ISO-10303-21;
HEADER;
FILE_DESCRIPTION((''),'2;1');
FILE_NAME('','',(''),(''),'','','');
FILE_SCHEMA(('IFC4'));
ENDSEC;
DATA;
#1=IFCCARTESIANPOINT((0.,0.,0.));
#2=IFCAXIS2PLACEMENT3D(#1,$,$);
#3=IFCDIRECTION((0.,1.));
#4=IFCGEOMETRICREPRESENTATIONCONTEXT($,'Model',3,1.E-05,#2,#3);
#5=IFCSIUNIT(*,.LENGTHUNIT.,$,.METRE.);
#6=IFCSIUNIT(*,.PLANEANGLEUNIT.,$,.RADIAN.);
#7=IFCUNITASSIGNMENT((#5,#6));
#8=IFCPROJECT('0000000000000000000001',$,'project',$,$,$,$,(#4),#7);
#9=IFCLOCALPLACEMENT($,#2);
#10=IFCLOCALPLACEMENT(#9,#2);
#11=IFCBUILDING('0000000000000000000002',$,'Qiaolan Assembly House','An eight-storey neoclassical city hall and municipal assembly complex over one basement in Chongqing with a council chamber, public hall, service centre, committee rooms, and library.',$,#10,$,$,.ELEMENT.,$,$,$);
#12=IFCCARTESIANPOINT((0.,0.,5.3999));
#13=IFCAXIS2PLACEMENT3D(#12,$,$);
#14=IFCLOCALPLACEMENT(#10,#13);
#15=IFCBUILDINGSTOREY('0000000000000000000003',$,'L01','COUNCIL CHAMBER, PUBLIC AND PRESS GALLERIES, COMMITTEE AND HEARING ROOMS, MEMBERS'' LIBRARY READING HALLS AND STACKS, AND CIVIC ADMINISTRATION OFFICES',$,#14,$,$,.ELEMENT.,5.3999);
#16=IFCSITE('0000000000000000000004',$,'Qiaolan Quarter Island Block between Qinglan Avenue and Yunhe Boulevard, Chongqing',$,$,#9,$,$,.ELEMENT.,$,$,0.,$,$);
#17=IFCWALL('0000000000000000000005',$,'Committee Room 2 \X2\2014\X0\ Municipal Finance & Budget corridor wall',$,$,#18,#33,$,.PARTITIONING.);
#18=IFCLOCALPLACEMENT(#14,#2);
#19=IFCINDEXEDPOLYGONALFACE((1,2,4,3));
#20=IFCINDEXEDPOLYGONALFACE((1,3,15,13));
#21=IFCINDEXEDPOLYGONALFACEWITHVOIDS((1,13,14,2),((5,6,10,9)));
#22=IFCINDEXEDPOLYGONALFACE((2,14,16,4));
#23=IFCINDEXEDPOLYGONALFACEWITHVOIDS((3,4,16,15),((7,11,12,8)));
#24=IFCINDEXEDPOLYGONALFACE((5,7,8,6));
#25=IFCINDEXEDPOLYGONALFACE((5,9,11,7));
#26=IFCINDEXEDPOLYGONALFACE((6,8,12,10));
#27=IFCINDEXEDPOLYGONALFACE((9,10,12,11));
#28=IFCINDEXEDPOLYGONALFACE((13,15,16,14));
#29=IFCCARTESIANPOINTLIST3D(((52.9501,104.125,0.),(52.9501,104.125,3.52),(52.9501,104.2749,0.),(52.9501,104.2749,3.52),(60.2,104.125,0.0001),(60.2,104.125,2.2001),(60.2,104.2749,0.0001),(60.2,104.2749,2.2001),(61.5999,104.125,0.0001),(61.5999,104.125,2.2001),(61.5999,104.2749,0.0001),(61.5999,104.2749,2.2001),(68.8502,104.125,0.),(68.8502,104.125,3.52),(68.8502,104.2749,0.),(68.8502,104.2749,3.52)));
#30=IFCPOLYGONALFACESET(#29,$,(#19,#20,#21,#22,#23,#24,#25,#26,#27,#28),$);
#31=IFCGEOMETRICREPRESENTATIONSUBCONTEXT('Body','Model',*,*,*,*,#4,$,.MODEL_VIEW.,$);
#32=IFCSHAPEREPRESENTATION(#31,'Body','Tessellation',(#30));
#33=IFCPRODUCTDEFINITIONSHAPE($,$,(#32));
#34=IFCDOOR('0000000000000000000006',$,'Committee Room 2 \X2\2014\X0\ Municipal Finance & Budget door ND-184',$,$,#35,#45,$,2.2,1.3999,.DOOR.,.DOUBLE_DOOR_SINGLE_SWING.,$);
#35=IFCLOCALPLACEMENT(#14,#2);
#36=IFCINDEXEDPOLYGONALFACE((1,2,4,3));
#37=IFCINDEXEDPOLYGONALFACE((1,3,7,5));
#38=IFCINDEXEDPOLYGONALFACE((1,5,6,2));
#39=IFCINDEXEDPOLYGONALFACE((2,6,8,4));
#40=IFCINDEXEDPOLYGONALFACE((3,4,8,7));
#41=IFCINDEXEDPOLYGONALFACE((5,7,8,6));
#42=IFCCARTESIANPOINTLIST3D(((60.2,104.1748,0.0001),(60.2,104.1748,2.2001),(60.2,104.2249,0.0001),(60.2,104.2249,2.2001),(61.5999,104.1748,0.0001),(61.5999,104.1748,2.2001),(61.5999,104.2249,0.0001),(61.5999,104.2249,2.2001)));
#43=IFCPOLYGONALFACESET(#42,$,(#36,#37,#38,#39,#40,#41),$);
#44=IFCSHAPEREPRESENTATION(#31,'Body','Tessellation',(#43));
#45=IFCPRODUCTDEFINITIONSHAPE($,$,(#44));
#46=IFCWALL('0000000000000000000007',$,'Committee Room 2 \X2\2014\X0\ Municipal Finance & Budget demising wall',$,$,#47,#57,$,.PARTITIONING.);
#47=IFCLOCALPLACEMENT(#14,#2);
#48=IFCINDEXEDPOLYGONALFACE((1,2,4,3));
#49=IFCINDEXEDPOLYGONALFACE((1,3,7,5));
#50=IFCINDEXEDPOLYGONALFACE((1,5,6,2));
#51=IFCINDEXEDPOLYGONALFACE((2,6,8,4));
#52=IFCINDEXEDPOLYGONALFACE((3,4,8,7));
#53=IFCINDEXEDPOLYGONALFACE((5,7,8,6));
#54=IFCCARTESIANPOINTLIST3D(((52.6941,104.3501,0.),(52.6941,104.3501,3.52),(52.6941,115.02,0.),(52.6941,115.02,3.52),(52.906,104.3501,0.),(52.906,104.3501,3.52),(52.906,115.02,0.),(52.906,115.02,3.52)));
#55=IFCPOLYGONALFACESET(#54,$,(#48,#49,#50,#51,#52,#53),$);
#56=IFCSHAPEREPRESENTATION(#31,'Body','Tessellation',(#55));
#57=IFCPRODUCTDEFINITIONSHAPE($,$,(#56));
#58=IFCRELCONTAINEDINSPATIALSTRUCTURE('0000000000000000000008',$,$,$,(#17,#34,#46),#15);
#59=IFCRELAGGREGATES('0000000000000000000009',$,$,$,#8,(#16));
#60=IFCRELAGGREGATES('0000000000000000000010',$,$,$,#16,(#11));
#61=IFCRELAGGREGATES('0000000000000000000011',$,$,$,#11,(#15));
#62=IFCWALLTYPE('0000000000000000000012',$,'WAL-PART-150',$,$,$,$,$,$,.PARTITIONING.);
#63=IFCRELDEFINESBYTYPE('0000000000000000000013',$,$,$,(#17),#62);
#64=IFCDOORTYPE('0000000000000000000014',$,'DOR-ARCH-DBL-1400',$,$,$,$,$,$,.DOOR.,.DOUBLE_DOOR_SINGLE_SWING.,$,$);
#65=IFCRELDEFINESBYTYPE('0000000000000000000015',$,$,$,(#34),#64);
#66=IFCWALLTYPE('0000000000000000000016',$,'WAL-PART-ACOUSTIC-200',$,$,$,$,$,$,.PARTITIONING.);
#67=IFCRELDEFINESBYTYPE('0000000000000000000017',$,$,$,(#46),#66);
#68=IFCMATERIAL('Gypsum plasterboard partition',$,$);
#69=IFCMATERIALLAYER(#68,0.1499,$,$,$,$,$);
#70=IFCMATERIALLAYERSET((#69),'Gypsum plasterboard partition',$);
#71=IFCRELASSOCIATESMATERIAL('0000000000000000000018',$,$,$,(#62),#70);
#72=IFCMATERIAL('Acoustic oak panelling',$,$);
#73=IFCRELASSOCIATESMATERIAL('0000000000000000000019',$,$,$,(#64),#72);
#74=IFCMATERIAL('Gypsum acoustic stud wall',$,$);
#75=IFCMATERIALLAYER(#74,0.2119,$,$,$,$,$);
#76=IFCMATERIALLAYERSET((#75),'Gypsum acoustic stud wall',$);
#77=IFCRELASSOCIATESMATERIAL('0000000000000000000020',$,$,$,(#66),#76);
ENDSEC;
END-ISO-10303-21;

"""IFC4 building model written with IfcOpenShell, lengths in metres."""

from ifc_helpers import new_model, si_unit, direction, frame, frame_2d, origin, place, context, subcontext, project, spatial, rectangle, extrude, material, layer, layer_set, type_object, element, fill, save


model = new_model("IFC4")

# Units and contexts
model_context = context("Model", 3, precision=1e-05, world=origin(), true_north=direction((0.0, 1.0)))
body_context = subcontext(model_context, "Body", "Model", "MODEL_VIEW")
ifc_project = project(units=[si_unit("LENGTHUNIT", "METRE"), si_unit("PLANEANGLEUNIT", "RADIAN")], contexts=[model_context])

# Site, building, storey
site_placement = place(None, origin())
site = spatial("IfcSite", under=ifc_project, at=site_placement, Name="Qiaolan Quarter Island Block between Qinglan Avenue and Yunhe Boulevard, Chongqing", CompositionType="ELEMENT", RefElevation=0.0)
building_placement = place(site_placement, origin())
building = spatial("IfcBuilding", under=site, at=building_placement, Name="Qiaolan Assembly House", Description="An eight-storey neoclassical city hall and municipal assembly complex over one basement in Chongqing with a council chamber, public hall, service centre, committee rooms, and library.", CompositionType="ELEMENT")
storey_placement = place(building_placement, frame((0.0, 0.0, 5.3999)))
storey = spatial("IfcBuildingStorey", under=building, at=storey_placement, Name="L01", Description="COUNCIL CHAMBER, PUBLIC AND PRESS GALLERIES, COMMITTEE AND HEARING ROOMS, MEMBERS' LIBRARY READING HALLS AND STACKS, AND CIVIC ADMINISTRATION OFFICES", CompositionType="ELEMENT", Elevation=5.3999)

# Wall, opening, door
ifc_material_1 = material(Name="Gypsum plasterboard partition")
ifc_layer_1 = layer(ifc_material_1, 0.1499)
ifc_layer_set_1 = layer_set([ifc_layer_1], Name="Gypsum plasterboard partition")
wall_type_1 = type_object("IfcWallType", Name="WAL-PART-150", PredefinedType="PARTITIONING", material=ifc_layer_set_1)
wall_1_placement = place(storey_placement, frame((52.95, 104.2, 0.0), z_axis=(0.0, 0.0, 1.0), x_axis=(1.0, 0.0, 0.0)))
wall_1 = element("IfcWall", 1, at=wall_1_placement, inside=storey, type_object=wall_type_1, Name="Committee Room 2 — Municipal Finance & Budget corridor wall", PredefinedType="PARTITIONING", context=body_context, shape_type="SweptSolid", body=[
    extrude(rectangle(XDim=15.9001, YDim=0.1499, at=frame_2d((7.9502, 0.0))), origin(), (0.0, 0.0, 1.0), 3.52),
])
opening_1_placement = place(wall_1_placement, frame((7.25, 0.0, 0.0)))
opening_1 = element("IfcOpeningElement", 2, at=opening_1_placement, cuts=wall_1, PredefinedType="OPENING", context=body_context, shape_type="SweptSolid", body=[
    extrude(rectangle(XDim=1.3999, YDim=2.2, at=frame_2d((0.7, 1.1001))), frame((0.0, 0.085, 0.0), z_axis=(0.0, -1.0, 0.0), x_axis=(1.0, 0.0, 0.0)), (0.0, 0.0, 1.0), 0.1699),
])
ifc_material_2 = material(Name="Acoustic oak panelling")
door_type = type_object("IfcDoorType", Name="DOR-ARCH-DBL-1400", OperationType="DOUBLE_DOOR_SINGLE_SWING", PredefinedType="DOOR", material=ifc_material_2)
door_placement = place(opening_1_placement, origin())
door = element("IfcDoor", 3, at=door_placement, inside=storey, type_object=door_type, Name="Committee Room 2 — Municipal Finance & Budget door ND-184", OperationType="DOUBLE_DOOR_SINGLE_SWING", OverallHeight=2.2, OverallWidth=1.3999, PredefinedType="DOOR", context=body_context, shape_type="SweptSolid", body=[
    extrude(rectangle(XDim=1.3999, YDim=2.2, at=frame_2d((0.7, 1.1001))), frame((0.0, 0.0249, 0.0), z_axis=(0.0, -1.0, 0.0), x_axis=(1.0, 0.0, 0.0)), (0.0, 0.0, 1.0), 0.05),
])
fill(opening_1, door)

# Wall
ifc_material_3 = material(Name="Gypsum acoustic stud wall")
ifc_layer_2 = layer(ifc_material_3, 0.2119)
ifc_layer_set_2 = layer_set([ifc_layer_2], Name="Gypsum acoustic stud wall")
wall_type_2 = type_object("IfcWallType", Name="WAL-PART-ACOUSTIC-200", PredefinedType="PARTITIONING", material=ifc_layer_set_2)
wall_2_placement = place(storey_placement, frame((52.8, 104.3501, 0.0), z_axis=(0.0, 0.0, 1.0), x_axis=(0.0, 1.0, 0.0)))
element("IfcWall", 4, at=wall_2_placement, inside=storey, type_object=wall_type_2, Name="Committee Room 2 — Municipal Finance & Budget demising wall", PredefinedType="PARTITIONING", context=body_context, shape_type="SweptSolid", body=[
    extrude(rectangle(XDim=10.6699, YDim=0.2119, at=frame_2d((5.335, 0.0))), origin(), (0.0, 0.0, 1.0), 3.52),
])

save(model, "model.ifc")
